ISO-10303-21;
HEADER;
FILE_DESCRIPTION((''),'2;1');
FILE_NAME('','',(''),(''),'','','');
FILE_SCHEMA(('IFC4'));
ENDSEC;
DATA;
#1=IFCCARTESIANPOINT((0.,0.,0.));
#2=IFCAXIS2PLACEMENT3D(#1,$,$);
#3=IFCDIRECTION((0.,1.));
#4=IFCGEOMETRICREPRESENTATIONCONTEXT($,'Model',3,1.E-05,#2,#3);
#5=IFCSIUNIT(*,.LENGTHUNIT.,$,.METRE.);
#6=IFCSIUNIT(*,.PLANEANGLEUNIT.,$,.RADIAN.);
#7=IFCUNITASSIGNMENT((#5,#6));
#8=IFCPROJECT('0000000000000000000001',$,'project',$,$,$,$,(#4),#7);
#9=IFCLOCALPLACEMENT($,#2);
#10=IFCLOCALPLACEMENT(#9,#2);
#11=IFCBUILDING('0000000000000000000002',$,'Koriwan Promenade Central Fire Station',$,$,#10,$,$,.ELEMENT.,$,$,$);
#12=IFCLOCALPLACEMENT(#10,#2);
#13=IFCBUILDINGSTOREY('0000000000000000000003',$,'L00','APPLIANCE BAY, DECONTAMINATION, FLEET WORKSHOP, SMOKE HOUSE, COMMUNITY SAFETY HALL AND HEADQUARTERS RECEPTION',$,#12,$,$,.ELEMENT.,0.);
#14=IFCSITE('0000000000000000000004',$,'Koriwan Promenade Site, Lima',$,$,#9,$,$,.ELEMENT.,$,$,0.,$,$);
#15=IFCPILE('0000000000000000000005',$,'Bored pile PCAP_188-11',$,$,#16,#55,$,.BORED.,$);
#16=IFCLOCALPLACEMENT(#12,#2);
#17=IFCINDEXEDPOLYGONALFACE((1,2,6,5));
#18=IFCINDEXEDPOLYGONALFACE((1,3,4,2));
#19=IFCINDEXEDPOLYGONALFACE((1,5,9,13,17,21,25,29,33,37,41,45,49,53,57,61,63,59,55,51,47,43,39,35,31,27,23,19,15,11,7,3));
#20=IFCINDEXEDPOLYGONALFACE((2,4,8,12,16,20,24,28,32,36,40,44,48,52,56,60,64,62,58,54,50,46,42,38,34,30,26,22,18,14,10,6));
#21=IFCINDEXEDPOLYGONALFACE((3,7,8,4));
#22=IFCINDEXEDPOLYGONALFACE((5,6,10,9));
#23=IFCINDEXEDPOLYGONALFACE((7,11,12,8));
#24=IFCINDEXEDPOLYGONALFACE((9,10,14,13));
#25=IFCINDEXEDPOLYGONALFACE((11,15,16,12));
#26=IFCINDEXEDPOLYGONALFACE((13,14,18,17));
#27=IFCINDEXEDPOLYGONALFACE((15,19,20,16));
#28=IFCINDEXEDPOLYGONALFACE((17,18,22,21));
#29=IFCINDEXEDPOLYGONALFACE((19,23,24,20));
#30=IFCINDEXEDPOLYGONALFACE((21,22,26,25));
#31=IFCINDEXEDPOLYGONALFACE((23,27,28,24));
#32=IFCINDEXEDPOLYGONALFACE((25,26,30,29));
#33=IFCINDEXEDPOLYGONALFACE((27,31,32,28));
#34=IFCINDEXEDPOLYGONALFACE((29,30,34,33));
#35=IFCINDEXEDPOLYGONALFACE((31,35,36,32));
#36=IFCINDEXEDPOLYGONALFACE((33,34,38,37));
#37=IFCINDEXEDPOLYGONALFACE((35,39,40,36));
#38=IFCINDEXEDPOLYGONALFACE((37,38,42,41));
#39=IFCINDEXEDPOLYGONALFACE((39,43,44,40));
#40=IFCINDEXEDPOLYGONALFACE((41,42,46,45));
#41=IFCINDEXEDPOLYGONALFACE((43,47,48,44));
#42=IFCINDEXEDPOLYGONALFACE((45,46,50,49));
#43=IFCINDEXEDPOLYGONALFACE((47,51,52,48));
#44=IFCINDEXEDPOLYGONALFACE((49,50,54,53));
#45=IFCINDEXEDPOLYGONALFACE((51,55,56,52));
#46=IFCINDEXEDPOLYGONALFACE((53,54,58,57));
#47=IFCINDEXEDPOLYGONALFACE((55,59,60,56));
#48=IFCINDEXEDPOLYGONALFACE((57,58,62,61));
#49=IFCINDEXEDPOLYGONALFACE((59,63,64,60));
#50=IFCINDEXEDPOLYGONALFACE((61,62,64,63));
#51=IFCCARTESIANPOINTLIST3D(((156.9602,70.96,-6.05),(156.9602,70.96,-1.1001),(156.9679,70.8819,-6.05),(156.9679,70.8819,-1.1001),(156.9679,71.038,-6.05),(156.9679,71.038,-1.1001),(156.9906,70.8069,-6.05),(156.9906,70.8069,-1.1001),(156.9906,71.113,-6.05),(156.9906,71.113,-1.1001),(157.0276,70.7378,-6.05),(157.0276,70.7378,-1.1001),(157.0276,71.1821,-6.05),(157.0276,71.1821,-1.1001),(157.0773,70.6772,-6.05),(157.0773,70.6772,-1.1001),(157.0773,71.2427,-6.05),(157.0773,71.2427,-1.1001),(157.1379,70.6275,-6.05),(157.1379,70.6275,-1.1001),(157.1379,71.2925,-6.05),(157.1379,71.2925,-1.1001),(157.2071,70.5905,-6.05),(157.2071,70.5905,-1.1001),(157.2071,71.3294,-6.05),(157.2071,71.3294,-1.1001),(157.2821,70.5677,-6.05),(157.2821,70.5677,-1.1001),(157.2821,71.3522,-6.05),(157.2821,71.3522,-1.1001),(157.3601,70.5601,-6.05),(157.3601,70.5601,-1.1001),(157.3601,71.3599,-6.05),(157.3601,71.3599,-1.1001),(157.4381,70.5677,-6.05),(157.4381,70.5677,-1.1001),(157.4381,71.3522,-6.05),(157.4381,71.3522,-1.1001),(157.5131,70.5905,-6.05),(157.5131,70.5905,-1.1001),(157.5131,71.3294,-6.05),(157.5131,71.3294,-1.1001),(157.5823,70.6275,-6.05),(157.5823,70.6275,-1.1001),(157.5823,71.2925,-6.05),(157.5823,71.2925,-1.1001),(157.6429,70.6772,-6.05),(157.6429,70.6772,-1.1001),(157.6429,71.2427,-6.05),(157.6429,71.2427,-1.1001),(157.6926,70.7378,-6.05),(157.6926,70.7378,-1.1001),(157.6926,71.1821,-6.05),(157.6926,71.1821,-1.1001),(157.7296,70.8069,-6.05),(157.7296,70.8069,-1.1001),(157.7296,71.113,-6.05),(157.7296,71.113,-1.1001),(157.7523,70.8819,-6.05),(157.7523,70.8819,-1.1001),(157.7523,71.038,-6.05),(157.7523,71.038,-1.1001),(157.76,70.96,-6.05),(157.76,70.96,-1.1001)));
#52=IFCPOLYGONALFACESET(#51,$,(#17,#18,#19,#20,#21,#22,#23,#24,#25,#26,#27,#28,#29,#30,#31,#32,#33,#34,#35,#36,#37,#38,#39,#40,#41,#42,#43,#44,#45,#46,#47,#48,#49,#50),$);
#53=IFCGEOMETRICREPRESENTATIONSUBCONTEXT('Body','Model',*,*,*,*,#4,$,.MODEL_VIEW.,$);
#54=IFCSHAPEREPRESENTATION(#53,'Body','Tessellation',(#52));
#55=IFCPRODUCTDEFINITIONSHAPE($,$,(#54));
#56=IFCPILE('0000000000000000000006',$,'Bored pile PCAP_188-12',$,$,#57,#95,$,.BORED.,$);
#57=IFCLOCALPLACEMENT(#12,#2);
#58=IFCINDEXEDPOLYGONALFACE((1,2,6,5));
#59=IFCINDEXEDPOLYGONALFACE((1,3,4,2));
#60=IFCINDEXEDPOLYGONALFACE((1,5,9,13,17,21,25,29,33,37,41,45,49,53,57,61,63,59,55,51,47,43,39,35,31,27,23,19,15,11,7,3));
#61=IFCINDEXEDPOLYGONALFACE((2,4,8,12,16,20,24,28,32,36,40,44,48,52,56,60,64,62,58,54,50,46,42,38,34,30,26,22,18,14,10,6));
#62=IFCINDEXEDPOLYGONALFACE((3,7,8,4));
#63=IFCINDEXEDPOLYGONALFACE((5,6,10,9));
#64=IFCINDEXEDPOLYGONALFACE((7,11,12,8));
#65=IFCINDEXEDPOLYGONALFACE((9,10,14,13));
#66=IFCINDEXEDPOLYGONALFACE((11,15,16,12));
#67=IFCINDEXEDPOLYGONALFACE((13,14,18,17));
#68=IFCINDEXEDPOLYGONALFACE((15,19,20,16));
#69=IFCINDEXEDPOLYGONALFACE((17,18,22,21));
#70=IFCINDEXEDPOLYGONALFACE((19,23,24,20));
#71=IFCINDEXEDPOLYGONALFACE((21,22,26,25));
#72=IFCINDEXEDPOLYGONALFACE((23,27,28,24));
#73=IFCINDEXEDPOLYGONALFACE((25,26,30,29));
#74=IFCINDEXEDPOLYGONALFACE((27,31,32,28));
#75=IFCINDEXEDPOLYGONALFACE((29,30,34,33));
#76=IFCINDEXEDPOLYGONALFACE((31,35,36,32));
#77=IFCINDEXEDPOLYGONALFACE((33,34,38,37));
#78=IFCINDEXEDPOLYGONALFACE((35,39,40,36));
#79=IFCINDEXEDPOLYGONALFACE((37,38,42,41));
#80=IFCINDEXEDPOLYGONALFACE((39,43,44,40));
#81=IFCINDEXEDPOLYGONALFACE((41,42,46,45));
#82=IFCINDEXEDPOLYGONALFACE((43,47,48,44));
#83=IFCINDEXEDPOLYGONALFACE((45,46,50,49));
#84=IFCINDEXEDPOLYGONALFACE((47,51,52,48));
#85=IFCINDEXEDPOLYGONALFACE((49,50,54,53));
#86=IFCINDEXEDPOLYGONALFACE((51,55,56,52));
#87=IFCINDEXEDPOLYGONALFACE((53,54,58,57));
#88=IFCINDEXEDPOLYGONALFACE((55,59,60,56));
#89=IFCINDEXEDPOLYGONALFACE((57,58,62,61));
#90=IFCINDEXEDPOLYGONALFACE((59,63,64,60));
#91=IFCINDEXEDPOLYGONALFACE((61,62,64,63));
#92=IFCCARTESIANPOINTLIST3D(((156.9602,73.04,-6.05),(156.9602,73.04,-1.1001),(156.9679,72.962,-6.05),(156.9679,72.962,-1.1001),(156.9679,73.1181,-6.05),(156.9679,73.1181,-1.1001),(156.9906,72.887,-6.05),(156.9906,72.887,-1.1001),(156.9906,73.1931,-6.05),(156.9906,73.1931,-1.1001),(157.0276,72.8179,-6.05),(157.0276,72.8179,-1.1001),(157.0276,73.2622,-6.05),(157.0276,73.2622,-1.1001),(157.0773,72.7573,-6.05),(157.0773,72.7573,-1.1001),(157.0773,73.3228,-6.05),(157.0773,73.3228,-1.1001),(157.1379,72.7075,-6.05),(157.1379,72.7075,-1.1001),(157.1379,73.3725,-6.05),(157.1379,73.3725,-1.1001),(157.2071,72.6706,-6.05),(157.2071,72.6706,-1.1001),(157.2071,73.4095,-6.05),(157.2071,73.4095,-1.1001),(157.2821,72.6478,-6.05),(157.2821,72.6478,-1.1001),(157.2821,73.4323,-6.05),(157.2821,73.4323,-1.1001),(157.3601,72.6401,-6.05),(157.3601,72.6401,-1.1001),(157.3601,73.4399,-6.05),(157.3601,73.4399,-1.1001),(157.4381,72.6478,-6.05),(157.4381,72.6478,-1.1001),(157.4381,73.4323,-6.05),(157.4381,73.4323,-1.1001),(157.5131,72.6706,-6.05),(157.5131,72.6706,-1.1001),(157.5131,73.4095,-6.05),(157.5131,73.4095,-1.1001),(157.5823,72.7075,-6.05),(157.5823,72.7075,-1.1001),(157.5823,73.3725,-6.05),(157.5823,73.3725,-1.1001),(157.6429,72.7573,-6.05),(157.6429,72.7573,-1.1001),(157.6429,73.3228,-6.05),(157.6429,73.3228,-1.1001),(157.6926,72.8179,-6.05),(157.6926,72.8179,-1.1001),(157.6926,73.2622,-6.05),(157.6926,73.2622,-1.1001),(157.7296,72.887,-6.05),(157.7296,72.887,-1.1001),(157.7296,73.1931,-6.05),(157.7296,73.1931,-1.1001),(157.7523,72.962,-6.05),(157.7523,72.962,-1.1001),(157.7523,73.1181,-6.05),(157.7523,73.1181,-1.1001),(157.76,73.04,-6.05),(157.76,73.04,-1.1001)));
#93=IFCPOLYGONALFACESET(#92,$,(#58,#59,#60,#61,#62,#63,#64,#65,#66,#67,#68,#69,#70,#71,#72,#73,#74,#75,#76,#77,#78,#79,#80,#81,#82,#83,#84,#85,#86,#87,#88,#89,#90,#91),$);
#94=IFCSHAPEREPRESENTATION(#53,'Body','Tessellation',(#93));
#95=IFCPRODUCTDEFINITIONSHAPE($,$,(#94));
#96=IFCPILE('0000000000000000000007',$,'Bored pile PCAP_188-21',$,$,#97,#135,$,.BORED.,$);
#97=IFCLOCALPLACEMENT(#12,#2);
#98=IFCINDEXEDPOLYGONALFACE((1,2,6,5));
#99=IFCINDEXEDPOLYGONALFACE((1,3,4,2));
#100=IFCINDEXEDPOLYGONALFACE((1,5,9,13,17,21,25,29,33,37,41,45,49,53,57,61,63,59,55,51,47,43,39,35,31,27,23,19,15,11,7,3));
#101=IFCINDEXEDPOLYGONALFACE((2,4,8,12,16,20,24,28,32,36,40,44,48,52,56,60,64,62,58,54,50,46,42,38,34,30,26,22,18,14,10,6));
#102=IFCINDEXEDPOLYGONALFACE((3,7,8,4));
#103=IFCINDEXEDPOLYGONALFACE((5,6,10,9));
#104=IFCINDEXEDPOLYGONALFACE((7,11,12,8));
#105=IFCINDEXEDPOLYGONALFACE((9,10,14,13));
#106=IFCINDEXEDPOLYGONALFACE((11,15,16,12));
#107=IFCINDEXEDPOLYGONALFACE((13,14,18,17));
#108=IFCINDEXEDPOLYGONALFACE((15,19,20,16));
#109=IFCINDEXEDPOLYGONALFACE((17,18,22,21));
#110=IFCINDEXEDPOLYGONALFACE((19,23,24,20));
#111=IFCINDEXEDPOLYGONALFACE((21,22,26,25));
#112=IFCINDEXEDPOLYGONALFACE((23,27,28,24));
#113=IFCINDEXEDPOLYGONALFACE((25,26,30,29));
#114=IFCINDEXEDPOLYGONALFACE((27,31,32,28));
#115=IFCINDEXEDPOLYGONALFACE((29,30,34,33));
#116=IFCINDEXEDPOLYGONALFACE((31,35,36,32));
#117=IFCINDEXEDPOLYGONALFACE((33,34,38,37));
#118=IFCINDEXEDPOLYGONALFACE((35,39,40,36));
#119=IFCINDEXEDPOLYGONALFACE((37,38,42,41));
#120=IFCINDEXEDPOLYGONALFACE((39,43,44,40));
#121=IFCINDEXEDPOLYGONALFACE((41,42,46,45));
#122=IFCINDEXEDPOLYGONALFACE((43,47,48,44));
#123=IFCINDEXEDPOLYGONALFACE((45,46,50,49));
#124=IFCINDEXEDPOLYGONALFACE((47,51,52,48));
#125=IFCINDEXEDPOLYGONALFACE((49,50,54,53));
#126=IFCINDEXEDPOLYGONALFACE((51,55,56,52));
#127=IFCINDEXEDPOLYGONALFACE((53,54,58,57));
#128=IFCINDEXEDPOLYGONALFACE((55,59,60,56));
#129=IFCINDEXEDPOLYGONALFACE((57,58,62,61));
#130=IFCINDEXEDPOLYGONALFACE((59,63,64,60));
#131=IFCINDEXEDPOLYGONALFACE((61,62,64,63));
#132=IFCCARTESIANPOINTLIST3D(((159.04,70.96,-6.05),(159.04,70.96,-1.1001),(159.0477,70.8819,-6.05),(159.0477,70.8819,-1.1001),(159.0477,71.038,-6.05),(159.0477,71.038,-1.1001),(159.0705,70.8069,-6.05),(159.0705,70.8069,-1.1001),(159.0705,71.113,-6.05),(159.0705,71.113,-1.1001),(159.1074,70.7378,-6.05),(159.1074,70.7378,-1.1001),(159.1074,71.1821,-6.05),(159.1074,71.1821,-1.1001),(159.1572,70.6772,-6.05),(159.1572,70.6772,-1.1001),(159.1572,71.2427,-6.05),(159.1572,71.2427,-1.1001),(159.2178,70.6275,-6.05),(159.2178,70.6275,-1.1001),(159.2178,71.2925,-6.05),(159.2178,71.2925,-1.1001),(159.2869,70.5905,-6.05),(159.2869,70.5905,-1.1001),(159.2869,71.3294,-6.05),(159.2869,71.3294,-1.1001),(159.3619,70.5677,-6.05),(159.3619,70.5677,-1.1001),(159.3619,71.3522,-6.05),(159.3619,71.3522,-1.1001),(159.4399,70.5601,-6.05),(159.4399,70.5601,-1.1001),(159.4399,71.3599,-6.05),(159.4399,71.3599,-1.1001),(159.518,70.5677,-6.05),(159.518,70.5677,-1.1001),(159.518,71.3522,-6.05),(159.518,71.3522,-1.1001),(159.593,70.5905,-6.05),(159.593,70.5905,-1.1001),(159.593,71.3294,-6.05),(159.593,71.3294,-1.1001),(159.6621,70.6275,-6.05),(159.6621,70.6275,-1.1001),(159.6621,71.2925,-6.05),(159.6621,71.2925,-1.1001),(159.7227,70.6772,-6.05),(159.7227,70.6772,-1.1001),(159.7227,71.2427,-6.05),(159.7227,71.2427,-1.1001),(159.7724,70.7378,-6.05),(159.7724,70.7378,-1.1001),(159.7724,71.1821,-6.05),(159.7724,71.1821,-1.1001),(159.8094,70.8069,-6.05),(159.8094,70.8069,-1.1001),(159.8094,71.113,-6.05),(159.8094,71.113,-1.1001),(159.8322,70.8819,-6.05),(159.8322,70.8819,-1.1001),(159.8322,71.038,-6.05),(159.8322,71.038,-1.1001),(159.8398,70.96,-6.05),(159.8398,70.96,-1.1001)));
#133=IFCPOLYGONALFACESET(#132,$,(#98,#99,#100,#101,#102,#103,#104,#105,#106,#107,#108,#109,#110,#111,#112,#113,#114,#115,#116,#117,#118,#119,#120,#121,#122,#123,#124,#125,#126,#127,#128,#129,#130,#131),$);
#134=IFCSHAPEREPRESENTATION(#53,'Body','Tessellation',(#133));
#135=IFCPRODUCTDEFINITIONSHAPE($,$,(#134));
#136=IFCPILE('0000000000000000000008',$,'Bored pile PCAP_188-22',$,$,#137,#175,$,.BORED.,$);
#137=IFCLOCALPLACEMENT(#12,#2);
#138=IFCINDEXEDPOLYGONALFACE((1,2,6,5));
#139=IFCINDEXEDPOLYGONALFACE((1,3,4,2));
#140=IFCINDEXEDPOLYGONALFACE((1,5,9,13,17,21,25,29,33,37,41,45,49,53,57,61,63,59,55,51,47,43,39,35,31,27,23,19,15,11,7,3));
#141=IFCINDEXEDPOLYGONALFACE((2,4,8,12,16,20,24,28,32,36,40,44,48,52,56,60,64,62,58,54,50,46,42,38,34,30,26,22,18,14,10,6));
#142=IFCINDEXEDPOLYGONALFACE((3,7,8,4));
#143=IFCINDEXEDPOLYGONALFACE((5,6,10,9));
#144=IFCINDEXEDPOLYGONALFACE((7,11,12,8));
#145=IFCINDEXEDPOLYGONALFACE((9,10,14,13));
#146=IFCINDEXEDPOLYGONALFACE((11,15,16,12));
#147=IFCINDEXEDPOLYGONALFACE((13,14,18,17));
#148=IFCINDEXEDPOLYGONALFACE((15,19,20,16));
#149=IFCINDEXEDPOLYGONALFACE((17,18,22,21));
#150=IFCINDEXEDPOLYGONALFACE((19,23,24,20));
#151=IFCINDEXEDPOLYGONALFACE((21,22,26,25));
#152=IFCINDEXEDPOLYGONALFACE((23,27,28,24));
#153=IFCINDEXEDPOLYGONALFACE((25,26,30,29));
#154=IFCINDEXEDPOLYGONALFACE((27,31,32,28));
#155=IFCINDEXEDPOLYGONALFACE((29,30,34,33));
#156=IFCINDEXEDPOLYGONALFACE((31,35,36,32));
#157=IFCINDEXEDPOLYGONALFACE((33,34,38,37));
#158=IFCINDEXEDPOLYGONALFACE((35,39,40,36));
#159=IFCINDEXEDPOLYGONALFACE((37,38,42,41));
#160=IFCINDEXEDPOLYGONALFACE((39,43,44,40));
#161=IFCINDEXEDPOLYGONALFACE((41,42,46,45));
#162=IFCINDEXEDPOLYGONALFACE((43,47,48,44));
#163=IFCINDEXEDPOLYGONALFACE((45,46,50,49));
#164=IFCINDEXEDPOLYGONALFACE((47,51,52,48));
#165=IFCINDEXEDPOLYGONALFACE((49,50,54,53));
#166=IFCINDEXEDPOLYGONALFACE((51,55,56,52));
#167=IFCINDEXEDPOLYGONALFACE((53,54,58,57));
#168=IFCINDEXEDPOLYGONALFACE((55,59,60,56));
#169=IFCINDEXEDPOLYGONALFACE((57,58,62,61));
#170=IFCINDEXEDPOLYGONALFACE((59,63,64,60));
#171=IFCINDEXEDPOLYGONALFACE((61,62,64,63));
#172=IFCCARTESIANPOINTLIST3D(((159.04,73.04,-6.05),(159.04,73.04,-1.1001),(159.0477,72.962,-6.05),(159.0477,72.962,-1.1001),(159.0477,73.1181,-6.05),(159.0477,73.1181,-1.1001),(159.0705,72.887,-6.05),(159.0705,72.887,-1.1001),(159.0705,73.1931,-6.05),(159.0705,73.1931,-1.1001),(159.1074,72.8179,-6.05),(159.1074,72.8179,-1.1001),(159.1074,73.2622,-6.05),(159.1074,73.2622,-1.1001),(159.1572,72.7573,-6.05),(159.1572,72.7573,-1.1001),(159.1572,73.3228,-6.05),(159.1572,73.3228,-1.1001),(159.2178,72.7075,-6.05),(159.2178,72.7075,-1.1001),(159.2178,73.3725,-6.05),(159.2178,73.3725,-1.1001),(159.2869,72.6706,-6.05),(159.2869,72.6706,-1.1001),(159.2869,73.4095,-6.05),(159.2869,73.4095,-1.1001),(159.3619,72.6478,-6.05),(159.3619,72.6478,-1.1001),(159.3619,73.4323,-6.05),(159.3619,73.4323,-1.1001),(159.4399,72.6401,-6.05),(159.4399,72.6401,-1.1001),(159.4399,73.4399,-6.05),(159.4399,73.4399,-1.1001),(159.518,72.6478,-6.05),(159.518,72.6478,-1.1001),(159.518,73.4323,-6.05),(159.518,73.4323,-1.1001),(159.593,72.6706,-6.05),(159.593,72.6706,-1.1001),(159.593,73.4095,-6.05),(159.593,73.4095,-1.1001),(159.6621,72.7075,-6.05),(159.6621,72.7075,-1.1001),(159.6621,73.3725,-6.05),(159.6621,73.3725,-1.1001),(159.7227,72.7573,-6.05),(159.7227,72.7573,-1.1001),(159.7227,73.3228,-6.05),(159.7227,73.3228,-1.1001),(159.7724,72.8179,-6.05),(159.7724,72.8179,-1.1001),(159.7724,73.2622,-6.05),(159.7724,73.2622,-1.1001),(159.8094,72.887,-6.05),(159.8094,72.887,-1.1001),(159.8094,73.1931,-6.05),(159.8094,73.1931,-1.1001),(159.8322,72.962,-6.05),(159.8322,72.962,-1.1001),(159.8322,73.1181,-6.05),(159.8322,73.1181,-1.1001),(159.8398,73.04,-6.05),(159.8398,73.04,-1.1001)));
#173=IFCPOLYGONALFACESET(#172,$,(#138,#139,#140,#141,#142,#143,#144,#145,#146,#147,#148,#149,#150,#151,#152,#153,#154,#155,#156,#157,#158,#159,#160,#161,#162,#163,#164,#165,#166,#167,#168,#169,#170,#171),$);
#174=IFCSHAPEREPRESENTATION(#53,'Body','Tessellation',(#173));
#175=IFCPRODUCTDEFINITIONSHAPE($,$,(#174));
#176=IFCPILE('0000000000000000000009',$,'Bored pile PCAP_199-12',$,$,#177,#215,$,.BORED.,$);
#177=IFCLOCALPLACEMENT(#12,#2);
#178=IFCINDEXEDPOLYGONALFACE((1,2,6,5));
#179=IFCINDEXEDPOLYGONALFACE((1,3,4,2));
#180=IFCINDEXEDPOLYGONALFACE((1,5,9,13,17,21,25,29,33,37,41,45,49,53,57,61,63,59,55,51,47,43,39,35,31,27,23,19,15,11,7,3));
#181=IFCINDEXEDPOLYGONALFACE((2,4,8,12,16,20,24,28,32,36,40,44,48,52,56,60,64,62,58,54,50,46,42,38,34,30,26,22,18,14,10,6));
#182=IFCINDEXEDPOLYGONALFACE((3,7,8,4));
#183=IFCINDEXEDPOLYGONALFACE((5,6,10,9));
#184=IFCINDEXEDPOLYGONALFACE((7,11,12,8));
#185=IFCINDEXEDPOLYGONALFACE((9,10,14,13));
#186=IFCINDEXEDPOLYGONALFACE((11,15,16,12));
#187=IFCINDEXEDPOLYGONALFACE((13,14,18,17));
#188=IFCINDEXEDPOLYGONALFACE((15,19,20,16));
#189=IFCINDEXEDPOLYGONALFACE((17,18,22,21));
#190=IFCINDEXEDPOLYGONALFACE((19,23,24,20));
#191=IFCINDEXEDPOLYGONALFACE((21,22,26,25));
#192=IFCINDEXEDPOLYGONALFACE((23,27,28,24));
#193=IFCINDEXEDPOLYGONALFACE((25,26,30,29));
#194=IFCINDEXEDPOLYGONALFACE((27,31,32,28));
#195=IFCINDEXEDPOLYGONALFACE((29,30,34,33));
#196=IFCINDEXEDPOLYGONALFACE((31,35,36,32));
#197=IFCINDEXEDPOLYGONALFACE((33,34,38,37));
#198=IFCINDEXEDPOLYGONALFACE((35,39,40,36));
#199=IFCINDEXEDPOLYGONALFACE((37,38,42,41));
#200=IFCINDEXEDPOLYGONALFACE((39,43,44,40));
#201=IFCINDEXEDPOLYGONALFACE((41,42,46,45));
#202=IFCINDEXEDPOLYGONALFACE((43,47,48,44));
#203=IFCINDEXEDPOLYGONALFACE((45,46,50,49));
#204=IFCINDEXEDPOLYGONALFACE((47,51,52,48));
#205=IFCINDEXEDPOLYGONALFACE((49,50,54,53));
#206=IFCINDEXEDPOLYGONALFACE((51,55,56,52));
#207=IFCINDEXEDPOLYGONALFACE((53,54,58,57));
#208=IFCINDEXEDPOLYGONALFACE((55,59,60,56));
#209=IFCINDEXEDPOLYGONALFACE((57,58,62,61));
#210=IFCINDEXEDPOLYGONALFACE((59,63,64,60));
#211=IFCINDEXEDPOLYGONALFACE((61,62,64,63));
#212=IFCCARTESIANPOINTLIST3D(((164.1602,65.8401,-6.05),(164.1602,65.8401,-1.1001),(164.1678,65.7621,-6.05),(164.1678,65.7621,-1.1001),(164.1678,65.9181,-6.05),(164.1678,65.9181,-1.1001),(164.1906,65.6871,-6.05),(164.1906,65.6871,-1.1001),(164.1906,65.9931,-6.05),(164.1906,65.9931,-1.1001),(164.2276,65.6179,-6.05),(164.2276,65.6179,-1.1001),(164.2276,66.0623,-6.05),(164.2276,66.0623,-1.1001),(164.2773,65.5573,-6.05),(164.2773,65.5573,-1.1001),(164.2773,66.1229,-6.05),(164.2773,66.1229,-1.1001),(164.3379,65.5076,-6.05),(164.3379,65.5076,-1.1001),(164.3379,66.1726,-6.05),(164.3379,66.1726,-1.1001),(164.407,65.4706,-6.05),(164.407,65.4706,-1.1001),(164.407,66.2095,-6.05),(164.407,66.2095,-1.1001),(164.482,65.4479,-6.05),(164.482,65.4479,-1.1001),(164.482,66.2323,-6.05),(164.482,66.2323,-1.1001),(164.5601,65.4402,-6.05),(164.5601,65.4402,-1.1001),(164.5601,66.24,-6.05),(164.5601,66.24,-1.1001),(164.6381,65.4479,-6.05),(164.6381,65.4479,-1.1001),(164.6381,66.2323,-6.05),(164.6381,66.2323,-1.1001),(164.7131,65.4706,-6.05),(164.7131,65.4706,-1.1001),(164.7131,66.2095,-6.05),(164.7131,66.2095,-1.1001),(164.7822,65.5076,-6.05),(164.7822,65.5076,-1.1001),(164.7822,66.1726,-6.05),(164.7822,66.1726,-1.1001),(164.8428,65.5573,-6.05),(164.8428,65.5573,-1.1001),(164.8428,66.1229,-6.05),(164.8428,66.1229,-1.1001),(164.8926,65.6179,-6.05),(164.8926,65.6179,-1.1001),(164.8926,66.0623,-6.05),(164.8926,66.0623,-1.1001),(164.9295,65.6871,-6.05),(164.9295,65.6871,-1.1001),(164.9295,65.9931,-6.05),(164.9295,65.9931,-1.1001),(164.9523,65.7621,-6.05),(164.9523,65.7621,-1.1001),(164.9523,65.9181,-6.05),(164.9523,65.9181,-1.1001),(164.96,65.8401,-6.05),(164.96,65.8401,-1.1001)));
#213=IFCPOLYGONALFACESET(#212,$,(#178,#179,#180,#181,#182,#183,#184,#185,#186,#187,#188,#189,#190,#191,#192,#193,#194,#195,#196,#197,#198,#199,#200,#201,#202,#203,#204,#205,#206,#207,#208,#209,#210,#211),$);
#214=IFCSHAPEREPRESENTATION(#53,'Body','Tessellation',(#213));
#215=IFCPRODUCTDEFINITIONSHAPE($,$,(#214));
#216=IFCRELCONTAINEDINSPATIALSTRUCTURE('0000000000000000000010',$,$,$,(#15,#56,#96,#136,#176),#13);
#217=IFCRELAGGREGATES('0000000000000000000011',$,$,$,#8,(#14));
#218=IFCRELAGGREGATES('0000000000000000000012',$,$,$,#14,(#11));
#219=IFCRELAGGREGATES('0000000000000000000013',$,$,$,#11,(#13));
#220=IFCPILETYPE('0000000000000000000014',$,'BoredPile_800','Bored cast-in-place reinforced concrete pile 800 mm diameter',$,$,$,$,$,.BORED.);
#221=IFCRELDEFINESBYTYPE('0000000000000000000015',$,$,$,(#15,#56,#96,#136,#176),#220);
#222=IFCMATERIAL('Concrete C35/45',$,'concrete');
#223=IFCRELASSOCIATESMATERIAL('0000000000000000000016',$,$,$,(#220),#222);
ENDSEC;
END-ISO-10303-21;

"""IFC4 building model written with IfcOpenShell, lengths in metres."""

from ifc_helpers import new_model, si_unit, direction, frame, origin, origin_2d, place, context, subcontext, project, spatial, circle, extrude, material, material_profile, profile_set, type_object, element, save


model = new_model("IFC4")

# Units and contexts
model_context = context("Model", 3, precision=1e-05, world=origin(), true_north=direction((0.0, 1.0)))
body_context = subcontext(model_context, "Body", "Model", "MODEL_VIEW")
ifc_project = project(units=[si_unit("LENGTHUNIT", "METRE"), si_unit("PLANEANGLEUNIT", "RADIAN")], contexts=[model_context])

# Site, building, storey
site_placement = place(None, origin())
site = spatial("IfcSite", under=ifc_project, at=site_placement, Name="Koriwan Promenade Site, Lima", CompositionType="ELEMENT", RefElevation=0.0)
building_placement = place(site_placement, origin())
building = spatial("IfcBuilding", under=site, at=building_placement, Name="Koriwan Promenade Central Fire Station", CompositionType="ELEMENT")
storey_placement = place(building_placement, origin())
storey = spatial("IfcBuildingStorey", under=building, at=storey_placement, Name="L00", Description="APPLIANCE BAY, DECONTAMINATION, FLEET WORKSHOP, SMOKE HOUSE, COMMUNITY SAFETY HALL AND HEADQUARTERS RECEPTION", CompositionType="ELEMENT", Elevation=0.0)

# Piles
ifc_material_1 = material(Name="Concrete C35/45", Category="concrete")
ifc_material_profile_1 = material_profile(ifc_material_1, circle(Radius=0.3999, at=origin_2d()), Name="PILE-D800")
ifc_profile_set_1 = profile_set([ifc_material_profile_1], Name="Concrete C35/45")
pile_type = type_object("IfcPileType", Name="BoredPile_800", Description="Bored cast-in-place reinforced concrete pile 800 mm diameter", PredefinedType="BORED", material=ifc_profile_set_1)
for number, where, z_axis, x_axis, name in (
    (1, (157.3601, 70.96, -1.1001), (0.0, 0.0, -1.0), (1.0, 0.0, 0.0), "Bored pile PCAP_188-11"),
    (2, (157.3601, 73.04, -1.1001), (0.0, 0.0, -1.0), (1.0, 0.0, 0.0), "Bored pile PCAP_188-12"),
    (3, (159.4399, 70.96, -1.1001), (0.0, 0.0, -1.0), (1.0, 0.0, 0.0), "Bored pile PCAP_188-21"),
    (4, (159.4399, 73.04, -1.1001), (0.0, 0.0, -1.0), (1.0, 0.0, 0.0), "Bored pile PCAP_188-22"),
    (5, (164.5601, 65.8401, -1.1001), (0.0, 0.0, -1.0), (1.0, 0.0, 0.0), "Bored pile PCAP_199-12"),
):
    element("IfcPile", number, at=place(storey_placement, frame(where, z_axis=z_axis, x_axis=x_axis)), inside=storey, type_object=pile_type, Name=name, PredefinedType="BORED", context=body_context, shape_type="SweptSolid", body=[
        extrude(circle(Radius=0.3999, at=origin_2d()), origin(), (0.0, 0.0, 1.0), 4.95),
    ])

save(model, "model.ifc")
